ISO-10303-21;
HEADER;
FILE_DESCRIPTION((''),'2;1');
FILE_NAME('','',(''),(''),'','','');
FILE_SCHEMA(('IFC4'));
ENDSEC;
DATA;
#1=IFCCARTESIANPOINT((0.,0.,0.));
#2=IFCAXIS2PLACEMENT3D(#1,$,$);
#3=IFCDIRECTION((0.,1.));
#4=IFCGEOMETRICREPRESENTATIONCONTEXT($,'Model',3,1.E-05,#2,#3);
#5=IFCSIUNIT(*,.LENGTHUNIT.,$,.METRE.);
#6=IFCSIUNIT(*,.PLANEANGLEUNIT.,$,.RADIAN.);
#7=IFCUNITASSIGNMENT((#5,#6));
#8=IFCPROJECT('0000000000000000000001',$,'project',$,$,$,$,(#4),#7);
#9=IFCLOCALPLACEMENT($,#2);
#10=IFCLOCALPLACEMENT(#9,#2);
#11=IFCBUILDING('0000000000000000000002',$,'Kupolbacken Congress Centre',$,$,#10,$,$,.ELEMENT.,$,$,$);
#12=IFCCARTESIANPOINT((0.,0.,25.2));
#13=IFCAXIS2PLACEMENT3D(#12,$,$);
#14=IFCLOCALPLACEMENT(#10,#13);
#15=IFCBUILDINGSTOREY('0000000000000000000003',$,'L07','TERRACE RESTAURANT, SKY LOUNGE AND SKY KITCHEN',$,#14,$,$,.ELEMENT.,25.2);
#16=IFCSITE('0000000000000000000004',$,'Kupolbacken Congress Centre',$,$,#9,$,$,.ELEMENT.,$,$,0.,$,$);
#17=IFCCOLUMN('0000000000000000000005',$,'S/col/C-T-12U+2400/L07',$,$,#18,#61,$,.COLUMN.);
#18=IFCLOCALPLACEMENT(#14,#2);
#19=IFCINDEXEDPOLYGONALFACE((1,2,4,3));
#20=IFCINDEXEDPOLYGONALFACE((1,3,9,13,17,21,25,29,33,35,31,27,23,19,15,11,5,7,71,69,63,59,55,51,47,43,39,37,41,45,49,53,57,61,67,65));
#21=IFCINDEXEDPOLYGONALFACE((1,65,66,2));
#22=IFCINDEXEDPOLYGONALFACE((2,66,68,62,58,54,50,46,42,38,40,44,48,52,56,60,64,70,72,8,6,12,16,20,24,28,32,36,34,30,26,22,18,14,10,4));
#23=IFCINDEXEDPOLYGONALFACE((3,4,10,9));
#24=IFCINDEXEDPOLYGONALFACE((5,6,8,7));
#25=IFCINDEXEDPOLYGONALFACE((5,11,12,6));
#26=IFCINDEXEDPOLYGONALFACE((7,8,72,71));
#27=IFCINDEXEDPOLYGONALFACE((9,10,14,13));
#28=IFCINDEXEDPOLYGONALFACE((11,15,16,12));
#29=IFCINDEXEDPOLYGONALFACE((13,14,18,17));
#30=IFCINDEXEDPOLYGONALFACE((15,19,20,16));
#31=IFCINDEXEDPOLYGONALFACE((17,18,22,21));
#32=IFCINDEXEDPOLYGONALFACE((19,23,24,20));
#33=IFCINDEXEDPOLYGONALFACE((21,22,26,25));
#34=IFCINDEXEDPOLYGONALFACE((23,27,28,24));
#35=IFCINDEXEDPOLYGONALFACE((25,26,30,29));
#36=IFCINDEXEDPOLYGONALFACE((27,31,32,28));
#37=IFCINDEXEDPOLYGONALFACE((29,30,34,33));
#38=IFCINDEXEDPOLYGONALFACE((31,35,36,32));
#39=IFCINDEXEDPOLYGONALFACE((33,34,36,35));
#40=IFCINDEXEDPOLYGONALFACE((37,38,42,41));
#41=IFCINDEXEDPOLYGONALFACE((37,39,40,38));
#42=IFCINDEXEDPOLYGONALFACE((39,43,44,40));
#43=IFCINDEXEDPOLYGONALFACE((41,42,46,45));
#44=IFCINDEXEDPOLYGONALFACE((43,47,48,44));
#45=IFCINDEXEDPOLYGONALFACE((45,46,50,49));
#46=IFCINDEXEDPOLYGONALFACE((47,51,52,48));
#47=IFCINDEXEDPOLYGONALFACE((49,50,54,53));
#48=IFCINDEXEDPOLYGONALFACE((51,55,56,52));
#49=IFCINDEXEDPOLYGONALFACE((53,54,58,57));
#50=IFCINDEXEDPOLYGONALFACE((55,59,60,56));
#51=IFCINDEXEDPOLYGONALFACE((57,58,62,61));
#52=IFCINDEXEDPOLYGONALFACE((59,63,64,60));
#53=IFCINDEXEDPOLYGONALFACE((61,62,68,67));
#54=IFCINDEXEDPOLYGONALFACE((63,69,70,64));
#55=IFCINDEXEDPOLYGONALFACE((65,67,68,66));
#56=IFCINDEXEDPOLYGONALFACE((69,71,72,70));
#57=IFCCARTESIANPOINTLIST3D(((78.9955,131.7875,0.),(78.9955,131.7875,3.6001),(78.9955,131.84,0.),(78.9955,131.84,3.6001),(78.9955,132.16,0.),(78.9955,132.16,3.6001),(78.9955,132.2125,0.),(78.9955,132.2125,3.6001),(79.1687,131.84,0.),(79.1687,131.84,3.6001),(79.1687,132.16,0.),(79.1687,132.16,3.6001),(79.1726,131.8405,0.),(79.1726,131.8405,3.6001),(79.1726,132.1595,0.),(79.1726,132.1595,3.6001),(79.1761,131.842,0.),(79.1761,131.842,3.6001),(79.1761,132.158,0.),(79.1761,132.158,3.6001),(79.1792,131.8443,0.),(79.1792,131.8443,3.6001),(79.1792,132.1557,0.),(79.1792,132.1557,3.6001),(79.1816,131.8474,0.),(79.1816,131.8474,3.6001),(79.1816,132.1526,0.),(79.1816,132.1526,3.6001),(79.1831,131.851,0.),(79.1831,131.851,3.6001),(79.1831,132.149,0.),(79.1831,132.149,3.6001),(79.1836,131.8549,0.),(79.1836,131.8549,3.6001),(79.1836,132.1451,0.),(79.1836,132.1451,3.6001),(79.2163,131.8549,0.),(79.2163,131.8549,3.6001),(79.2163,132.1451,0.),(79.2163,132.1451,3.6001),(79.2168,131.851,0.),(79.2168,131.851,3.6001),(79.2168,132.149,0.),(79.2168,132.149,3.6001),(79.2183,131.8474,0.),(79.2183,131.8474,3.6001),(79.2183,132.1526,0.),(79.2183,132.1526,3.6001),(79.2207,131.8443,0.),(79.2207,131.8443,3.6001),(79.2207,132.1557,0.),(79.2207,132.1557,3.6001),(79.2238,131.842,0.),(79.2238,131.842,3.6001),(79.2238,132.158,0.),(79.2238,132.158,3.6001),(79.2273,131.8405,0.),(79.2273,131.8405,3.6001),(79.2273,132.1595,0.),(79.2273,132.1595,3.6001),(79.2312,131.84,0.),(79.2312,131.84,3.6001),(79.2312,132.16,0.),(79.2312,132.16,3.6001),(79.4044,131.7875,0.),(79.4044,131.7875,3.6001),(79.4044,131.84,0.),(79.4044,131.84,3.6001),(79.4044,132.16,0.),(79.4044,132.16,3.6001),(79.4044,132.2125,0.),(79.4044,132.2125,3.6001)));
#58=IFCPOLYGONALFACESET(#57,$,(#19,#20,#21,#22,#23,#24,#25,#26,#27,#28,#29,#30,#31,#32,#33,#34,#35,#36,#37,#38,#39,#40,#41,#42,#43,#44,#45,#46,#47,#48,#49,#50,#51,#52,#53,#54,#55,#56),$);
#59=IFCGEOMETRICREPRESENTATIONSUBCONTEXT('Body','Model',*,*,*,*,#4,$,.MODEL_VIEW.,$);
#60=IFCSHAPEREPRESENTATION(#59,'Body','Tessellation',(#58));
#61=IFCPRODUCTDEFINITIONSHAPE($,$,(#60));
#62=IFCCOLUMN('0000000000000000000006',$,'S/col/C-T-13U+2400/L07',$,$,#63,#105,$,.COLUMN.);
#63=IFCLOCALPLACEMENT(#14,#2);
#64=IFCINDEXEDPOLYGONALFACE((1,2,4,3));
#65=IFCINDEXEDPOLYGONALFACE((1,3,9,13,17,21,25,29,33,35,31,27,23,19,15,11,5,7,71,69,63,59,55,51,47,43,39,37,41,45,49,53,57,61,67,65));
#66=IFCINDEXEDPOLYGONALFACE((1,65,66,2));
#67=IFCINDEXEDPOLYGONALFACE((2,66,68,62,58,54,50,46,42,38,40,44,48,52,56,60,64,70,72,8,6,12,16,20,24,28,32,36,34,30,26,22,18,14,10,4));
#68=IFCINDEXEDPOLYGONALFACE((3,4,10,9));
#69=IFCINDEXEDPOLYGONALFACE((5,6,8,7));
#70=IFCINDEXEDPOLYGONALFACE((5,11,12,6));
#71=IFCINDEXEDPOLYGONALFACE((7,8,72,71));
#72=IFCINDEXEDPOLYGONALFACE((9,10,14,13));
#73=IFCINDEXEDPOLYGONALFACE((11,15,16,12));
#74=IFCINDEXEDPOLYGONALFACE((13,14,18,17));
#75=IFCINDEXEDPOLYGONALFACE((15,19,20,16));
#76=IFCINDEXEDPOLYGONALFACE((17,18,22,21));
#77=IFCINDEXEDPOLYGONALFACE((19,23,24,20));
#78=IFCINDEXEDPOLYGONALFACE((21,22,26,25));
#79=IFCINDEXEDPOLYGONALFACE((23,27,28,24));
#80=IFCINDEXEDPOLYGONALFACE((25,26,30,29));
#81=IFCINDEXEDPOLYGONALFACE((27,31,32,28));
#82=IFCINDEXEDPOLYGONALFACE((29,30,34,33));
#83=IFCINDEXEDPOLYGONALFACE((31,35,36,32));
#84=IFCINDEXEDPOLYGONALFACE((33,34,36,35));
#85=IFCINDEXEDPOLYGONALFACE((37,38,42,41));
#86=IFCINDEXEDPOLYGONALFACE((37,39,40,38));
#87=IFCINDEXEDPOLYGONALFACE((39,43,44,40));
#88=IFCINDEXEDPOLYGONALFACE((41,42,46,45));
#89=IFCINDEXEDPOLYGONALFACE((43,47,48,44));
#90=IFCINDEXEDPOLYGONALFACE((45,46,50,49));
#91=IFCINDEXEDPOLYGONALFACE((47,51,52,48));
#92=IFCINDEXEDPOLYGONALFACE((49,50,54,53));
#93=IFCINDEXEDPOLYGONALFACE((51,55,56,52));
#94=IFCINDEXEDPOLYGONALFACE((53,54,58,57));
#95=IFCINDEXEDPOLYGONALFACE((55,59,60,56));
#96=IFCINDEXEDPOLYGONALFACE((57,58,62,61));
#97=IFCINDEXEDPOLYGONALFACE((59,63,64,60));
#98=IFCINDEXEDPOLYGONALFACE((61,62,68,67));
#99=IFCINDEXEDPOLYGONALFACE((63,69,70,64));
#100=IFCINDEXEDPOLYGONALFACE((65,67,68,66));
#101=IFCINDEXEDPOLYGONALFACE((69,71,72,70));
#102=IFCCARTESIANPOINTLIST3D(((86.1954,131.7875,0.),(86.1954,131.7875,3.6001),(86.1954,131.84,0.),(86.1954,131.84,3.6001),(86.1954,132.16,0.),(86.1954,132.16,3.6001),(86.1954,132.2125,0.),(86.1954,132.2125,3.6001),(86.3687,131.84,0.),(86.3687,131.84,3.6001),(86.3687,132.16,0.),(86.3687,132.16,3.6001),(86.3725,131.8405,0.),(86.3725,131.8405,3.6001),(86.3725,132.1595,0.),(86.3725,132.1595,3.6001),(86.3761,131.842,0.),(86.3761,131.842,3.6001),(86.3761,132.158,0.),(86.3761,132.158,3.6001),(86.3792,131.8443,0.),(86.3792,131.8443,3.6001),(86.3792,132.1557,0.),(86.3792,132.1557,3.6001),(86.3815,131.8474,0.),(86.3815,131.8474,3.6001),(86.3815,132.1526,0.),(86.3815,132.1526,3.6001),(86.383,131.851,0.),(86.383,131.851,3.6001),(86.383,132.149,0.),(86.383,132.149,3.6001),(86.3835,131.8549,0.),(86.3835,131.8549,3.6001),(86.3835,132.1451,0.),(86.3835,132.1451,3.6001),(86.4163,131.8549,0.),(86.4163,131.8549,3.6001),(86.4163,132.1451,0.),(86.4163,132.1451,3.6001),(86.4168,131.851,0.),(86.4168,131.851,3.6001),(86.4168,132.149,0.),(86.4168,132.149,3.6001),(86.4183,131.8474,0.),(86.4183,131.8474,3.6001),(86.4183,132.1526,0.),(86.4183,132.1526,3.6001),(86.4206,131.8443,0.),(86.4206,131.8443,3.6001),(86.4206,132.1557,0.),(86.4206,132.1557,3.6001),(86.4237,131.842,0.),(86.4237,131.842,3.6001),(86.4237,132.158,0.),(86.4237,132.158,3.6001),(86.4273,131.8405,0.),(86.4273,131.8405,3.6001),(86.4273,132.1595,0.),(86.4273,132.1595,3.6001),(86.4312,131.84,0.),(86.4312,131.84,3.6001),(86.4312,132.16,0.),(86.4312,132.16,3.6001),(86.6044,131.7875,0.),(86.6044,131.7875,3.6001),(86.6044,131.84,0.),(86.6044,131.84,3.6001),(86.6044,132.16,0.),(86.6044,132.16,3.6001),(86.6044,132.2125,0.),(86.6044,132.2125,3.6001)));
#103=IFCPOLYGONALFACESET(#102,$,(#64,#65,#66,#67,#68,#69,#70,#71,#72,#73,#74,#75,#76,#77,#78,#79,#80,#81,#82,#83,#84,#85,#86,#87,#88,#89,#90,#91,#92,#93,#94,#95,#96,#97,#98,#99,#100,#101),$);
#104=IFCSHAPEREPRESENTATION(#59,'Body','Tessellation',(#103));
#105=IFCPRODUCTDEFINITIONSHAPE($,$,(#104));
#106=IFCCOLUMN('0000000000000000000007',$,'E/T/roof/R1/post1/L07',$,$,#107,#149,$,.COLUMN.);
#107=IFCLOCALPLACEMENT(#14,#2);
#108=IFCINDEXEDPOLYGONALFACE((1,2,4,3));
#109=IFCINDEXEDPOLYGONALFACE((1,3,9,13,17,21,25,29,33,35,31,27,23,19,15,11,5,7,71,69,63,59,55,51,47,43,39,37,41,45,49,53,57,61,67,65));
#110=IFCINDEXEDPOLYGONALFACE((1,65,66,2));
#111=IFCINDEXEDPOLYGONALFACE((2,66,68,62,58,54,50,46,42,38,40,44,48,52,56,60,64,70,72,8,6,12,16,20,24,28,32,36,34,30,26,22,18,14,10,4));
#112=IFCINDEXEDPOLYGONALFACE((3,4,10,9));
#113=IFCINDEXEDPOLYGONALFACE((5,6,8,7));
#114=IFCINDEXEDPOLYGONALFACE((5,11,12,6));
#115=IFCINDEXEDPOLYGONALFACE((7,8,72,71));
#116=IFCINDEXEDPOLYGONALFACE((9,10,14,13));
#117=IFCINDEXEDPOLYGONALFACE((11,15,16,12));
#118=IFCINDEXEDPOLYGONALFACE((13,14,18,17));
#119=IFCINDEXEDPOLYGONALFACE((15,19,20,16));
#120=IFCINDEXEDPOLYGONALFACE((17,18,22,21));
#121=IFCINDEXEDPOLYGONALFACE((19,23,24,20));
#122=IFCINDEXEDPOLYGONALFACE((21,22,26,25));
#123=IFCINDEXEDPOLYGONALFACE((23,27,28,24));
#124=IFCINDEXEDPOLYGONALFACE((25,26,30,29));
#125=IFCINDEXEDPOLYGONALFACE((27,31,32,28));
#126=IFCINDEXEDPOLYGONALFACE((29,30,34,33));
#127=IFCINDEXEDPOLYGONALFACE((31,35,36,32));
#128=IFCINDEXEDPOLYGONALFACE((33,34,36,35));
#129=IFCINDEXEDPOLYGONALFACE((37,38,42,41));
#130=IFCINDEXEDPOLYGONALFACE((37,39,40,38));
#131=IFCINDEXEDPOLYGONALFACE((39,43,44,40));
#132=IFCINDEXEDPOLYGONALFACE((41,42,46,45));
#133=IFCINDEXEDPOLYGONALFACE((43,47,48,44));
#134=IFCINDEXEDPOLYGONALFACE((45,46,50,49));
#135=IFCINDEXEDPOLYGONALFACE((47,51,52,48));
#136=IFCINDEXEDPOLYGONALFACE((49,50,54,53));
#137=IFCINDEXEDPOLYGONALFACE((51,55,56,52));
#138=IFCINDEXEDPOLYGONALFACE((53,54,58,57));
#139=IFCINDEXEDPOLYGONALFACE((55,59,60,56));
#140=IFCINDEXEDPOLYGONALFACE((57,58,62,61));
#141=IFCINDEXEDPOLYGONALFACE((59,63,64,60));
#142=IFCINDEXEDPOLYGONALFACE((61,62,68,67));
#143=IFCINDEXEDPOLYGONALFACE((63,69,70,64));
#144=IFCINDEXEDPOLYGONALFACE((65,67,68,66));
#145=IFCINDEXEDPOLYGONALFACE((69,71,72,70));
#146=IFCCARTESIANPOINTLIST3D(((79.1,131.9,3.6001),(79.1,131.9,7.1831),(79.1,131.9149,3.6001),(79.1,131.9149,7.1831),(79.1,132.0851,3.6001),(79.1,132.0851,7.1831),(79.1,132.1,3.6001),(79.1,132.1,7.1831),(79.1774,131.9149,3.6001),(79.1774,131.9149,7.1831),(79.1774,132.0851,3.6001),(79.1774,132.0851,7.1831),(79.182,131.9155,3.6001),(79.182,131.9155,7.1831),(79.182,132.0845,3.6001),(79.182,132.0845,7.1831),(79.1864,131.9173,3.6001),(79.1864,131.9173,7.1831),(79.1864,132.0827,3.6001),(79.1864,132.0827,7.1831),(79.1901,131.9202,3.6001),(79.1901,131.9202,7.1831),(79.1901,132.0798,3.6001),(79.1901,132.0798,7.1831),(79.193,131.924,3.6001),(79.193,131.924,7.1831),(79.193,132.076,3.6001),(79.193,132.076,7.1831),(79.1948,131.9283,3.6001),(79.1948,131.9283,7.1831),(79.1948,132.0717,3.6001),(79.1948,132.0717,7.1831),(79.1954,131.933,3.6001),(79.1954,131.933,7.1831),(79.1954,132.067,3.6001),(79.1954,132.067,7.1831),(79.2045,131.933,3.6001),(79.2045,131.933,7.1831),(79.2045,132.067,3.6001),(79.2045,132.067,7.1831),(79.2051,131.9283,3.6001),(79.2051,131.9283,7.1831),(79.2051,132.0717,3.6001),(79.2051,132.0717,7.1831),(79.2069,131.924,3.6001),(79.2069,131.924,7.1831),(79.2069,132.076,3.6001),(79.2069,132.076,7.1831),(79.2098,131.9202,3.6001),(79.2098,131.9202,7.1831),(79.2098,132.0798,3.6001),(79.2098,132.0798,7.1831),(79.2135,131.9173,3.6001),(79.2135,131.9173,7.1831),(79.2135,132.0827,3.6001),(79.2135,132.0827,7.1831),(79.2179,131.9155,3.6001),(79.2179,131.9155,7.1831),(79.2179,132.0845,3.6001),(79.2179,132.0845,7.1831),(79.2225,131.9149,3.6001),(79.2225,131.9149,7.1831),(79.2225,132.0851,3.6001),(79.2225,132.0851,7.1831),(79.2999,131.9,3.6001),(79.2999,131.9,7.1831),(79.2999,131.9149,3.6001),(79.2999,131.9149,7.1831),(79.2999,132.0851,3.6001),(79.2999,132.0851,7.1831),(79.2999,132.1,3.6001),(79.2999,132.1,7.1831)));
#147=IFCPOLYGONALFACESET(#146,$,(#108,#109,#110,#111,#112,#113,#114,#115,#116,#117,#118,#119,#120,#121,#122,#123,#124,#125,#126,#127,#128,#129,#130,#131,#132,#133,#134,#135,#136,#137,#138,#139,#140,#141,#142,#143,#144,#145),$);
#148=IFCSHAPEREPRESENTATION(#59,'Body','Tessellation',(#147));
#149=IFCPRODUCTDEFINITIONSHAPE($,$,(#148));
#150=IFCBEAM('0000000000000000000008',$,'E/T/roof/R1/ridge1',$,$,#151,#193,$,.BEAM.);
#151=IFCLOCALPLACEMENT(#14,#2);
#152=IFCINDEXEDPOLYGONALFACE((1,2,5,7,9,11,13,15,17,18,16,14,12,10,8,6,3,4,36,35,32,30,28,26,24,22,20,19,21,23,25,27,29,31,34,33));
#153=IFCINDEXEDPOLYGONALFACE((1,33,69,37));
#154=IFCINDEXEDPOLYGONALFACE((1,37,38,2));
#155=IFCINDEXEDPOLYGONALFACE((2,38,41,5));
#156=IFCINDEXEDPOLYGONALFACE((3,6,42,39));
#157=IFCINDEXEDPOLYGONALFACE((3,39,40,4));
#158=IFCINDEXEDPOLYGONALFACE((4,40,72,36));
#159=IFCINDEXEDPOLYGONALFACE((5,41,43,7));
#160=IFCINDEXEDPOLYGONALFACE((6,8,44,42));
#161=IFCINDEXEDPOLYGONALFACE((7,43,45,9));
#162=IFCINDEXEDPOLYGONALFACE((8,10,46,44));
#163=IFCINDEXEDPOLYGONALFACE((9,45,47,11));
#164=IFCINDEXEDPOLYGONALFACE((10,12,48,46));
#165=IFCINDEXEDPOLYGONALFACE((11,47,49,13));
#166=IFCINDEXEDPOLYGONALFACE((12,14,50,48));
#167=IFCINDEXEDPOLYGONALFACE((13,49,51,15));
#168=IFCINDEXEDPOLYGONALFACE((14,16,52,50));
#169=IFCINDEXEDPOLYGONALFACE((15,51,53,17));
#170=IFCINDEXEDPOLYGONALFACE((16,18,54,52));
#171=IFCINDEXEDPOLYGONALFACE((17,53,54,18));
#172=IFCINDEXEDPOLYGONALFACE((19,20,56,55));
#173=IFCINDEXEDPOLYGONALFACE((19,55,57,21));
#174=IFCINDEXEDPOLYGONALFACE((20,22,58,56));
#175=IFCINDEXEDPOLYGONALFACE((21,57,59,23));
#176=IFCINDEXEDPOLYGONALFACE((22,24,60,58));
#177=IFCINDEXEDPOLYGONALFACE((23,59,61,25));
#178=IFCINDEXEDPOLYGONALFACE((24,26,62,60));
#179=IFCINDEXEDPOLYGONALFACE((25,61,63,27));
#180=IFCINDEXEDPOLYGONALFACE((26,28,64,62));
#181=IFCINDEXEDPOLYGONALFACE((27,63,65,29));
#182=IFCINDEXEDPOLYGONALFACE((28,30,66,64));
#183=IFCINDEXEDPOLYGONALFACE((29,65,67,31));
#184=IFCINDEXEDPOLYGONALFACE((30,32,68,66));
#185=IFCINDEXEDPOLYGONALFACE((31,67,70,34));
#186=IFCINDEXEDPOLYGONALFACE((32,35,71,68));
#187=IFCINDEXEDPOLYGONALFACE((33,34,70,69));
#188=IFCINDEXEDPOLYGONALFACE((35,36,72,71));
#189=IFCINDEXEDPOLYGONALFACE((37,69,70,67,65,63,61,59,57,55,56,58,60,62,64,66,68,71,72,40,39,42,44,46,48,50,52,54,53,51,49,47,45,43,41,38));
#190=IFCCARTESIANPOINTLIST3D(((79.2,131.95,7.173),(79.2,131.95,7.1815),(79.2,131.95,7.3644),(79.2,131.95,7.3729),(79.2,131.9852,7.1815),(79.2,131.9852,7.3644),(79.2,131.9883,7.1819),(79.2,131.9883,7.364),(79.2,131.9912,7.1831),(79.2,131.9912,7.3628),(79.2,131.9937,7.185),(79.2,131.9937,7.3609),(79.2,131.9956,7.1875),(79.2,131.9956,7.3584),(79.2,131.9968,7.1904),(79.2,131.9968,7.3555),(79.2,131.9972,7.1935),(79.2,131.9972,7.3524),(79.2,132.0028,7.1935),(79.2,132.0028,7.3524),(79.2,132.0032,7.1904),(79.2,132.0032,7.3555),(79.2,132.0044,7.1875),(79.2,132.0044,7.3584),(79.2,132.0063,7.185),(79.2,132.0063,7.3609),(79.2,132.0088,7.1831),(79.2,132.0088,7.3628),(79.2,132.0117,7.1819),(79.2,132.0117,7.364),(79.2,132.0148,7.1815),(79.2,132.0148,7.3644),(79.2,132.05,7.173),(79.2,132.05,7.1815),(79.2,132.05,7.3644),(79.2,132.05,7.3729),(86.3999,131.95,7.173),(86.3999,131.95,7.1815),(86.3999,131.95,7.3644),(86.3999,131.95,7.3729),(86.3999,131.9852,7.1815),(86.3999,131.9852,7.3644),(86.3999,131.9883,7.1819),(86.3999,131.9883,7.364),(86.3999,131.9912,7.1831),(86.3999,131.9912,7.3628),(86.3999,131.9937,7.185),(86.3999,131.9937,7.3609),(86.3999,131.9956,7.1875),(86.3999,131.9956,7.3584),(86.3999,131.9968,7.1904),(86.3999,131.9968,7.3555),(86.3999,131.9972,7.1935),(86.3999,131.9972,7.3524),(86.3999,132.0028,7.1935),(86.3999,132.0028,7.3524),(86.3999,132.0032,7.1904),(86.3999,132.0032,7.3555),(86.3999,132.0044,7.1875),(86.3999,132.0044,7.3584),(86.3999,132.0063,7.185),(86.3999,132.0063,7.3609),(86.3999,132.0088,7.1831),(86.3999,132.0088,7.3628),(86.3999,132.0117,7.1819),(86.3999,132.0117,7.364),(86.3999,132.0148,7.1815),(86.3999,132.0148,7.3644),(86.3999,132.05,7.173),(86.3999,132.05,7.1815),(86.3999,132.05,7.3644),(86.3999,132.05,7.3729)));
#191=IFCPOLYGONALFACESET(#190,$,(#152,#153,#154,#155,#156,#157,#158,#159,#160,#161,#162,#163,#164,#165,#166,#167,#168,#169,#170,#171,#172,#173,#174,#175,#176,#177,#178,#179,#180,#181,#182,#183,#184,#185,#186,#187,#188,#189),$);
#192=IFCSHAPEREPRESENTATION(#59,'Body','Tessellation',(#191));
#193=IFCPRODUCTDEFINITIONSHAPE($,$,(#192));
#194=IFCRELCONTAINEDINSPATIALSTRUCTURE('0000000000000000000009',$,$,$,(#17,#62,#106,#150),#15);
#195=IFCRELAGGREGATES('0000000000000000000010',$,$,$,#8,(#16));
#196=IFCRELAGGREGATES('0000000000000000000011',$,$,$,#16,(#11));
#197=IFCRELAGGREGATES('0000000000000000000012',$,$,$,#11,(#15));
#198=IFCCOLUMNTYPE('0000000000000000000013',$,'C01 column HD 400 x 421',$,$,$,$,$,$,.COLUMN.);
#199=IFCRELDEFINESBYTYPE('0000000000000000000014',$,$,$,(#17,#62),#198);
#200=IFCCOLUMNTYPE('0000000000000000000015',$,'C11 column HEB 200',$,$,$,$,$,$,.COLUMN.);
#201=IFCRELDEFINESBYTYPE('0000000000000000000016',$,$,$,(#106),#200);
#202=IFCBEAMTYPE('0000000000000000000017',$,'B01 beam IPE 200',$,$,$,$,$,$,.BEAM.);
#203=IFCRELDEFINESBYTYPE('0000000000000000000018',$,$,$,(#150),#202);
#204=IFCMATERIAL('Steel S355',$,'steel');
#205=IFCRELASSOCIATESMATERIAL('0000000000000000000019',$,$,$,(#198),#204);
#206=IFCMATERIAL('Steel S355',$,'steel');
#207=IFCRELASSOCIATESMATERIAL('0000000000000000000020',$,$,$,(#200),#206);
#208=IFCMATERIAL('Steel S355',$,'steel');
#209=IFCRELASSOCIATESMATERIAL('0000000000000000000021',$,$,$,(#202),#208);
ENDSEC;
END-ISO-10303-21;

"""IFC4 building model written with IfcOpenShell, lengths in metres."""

from ifc_helpers import new_model, si_unit, direction, frame, origin, origin_2d, place, context, subcontext, project, spatial, i_section, extrude, material, material_profile, profile_set, type_object, element, save


model = new_model("IFC4")

# Units and contexts
model_context = context("Model", 3, precision=1e-05, world=origin(), true_north=direction((0.0, 1.0)))
body_context = subcontext(model_context, "Body", "Model", "MODEL_VIEW")
ifc_project = project(units=[si_unit("LENGTHUNIT", "METRE"), si_unit("PLANEANGLEUNIT", "RADIAN")], contexts=[model_context])

# Site, building, storey
site_placement = place(None, origin())
site = spatial("IfcSite", under=ifc_project, at=site_placement, Name="Kupolbacken Congress Centre", CompositionType="ELEMENT", RefElevation=0.0)
building_placement = place(site_placement, origin())
building = spatial("IfcBuilding", under=site, at=building_placement, Name="Kupolbacken Congress Centre", CompositionType="ELEMENT")
storey_placement = place(building_placement, frame((0.0, 0.0, 25.2)))
storey = spatial("IfcBuildingStorey", under=building, at=storey_placement, Name="L07", Description="TERRACE RESTAURANT, SKY LOUNGE AND SKY KITCHEN", CompositionType="ELEMENT", Elevation=25.2)

# Columns
ifc_material_1 = material(Name="Steel S355", Category="steel")
ifc_material_profile_1 = material_profile(ifc_material_1, i_section(OverallWidth=0.4089, OverallDepth=0.425, WebThickness=0.0327, FlangeThickness=0.0525, FilletRadius=0.0149, at=origin_2d()), Name="HD 400 x 421")
ifc_profile_set_1 = profile_set([ifc_material_profile_1], Name="Steel S355")
column_type_1 = type_object("IfcColumnType", Name="C01 column HD 400 x 421", PredefinedType="COLUMN", material=ifc_profile_set_1)
for number, where, z_axis, x_axis, name in (
    (1, (79.2, 132.0, 0.0), (0.0, 0.0, 1.0), (1.0, 0.0, 0.0), "S/col/C-T-12U+2400/L07"),
    (2, (86.3999, 132.0, 0.0), (0.0, 0.0, 1.0), (1.0, 0.0, 0.0), "S/col/C-T-13U+2400/L07"),
):
    element("IfcColumn", number, at=place(storey_placement, frame(where, z_axis=z_axis, x_axis=x_axis)), inside=storey, type_object=column_type_1, Name=name, PredefinedType="COLUMN", context=body_context, shape_type="SweptSolid", body=[
        extrude(i_section(OverallWidth=0.4089, OverallDepth=0.425, WebThickness=0.0327, FlangeThickness=0.0525, FilletRadius=0.0149, at=origin_2d()), origin(), (0.0, 0.0, 1.0), 3.6001),
    ])
ifc_material_2 = material(Name="Steel S355", Category="steel")
ifc_material_profile_2 = material_profile(ifc_material_2, i_section(OverallWidth=0.2, OverallDepth=0.2, WebThickness=0.009, FlangeThickness=0.0149, FilletRadius=0.0181, at=origin_2d()), Name="HEB 200")
ifc_profile_set_2 = profile_set([ifc_material_profile_2], Name="Steel S355")
column_type_2 = type_object("IfcColumnType", Name="C11 column HEB 200", PredefinedType="COLUMN", material=ifc_profile_set_2)
column_placement = place(storey_placement, frame((79.2, 132.0, 3.6001), z_axis=(0.0, 0.0, 1.0), x_axis=(1.0, 0.0, 0.0)))
element("IfcColumn", 3, at=column_placement, inside=storey, type_object=column_type_2, Name="E/T/roof/R1/post1/L07", PredefinedType="COLUMN", context=body_context, shape_type="SweptSolid", body=[
    extrude(i_section(OverallWidth=0.2, OverallDepth=0.2, WebThickness=0.009, FlangeThickness=0.0149, FilletRadius=0.0181, at=origin_2d()), origin(), (0.0, 0.0, 1.0), 3.583),
])

# Beam
ifc_material_3 = material(Name="Steel S355", Category="steel")
ifc_material_profile_3 = material_profile(ifc_material_3, i_section(OverallWidth=0.1001, OverallDepth=0.2, WebThickness=0.0056, FlangeThickness=0.0085, FilletRadius=0.012, at=origin_2d()), Name="IPE 200")
ifc_profile_set_3 = profile_set([ifc_material_profile_3], Name="Steel S355")
beam_type_1 = type_object("IfcBeamType", Name="B01 beam IPE 200", PredefinedType="BEAM", material=ifc_profile_set_3)
beam_1_placement = place(storey_placement, frame((79.2, 132.0, 7.2729), z_axis=(1.0, 0.0, 0.0), x_axis=(0.0, 1.0, 0.0)))
element("IfcBeam", 4, at=beam_1_placement, inside=storey, type_object=beam_type_1, Name="E/T/roof/R1/ridge1", PredefinedType="BEAM", context=body_context, shape_type="SweptSolid", body=[
    extrude(i_section(OverallWidth=0.1001, OverallDepth=0.2, WebThickness=0.0056, FlangeThickness=0.0085, FilletRadius=0.012, at=origin_2d()), origin(), (0.0, 0.0, 1.0), 7.2),
])

save(model, "model.ifc")
